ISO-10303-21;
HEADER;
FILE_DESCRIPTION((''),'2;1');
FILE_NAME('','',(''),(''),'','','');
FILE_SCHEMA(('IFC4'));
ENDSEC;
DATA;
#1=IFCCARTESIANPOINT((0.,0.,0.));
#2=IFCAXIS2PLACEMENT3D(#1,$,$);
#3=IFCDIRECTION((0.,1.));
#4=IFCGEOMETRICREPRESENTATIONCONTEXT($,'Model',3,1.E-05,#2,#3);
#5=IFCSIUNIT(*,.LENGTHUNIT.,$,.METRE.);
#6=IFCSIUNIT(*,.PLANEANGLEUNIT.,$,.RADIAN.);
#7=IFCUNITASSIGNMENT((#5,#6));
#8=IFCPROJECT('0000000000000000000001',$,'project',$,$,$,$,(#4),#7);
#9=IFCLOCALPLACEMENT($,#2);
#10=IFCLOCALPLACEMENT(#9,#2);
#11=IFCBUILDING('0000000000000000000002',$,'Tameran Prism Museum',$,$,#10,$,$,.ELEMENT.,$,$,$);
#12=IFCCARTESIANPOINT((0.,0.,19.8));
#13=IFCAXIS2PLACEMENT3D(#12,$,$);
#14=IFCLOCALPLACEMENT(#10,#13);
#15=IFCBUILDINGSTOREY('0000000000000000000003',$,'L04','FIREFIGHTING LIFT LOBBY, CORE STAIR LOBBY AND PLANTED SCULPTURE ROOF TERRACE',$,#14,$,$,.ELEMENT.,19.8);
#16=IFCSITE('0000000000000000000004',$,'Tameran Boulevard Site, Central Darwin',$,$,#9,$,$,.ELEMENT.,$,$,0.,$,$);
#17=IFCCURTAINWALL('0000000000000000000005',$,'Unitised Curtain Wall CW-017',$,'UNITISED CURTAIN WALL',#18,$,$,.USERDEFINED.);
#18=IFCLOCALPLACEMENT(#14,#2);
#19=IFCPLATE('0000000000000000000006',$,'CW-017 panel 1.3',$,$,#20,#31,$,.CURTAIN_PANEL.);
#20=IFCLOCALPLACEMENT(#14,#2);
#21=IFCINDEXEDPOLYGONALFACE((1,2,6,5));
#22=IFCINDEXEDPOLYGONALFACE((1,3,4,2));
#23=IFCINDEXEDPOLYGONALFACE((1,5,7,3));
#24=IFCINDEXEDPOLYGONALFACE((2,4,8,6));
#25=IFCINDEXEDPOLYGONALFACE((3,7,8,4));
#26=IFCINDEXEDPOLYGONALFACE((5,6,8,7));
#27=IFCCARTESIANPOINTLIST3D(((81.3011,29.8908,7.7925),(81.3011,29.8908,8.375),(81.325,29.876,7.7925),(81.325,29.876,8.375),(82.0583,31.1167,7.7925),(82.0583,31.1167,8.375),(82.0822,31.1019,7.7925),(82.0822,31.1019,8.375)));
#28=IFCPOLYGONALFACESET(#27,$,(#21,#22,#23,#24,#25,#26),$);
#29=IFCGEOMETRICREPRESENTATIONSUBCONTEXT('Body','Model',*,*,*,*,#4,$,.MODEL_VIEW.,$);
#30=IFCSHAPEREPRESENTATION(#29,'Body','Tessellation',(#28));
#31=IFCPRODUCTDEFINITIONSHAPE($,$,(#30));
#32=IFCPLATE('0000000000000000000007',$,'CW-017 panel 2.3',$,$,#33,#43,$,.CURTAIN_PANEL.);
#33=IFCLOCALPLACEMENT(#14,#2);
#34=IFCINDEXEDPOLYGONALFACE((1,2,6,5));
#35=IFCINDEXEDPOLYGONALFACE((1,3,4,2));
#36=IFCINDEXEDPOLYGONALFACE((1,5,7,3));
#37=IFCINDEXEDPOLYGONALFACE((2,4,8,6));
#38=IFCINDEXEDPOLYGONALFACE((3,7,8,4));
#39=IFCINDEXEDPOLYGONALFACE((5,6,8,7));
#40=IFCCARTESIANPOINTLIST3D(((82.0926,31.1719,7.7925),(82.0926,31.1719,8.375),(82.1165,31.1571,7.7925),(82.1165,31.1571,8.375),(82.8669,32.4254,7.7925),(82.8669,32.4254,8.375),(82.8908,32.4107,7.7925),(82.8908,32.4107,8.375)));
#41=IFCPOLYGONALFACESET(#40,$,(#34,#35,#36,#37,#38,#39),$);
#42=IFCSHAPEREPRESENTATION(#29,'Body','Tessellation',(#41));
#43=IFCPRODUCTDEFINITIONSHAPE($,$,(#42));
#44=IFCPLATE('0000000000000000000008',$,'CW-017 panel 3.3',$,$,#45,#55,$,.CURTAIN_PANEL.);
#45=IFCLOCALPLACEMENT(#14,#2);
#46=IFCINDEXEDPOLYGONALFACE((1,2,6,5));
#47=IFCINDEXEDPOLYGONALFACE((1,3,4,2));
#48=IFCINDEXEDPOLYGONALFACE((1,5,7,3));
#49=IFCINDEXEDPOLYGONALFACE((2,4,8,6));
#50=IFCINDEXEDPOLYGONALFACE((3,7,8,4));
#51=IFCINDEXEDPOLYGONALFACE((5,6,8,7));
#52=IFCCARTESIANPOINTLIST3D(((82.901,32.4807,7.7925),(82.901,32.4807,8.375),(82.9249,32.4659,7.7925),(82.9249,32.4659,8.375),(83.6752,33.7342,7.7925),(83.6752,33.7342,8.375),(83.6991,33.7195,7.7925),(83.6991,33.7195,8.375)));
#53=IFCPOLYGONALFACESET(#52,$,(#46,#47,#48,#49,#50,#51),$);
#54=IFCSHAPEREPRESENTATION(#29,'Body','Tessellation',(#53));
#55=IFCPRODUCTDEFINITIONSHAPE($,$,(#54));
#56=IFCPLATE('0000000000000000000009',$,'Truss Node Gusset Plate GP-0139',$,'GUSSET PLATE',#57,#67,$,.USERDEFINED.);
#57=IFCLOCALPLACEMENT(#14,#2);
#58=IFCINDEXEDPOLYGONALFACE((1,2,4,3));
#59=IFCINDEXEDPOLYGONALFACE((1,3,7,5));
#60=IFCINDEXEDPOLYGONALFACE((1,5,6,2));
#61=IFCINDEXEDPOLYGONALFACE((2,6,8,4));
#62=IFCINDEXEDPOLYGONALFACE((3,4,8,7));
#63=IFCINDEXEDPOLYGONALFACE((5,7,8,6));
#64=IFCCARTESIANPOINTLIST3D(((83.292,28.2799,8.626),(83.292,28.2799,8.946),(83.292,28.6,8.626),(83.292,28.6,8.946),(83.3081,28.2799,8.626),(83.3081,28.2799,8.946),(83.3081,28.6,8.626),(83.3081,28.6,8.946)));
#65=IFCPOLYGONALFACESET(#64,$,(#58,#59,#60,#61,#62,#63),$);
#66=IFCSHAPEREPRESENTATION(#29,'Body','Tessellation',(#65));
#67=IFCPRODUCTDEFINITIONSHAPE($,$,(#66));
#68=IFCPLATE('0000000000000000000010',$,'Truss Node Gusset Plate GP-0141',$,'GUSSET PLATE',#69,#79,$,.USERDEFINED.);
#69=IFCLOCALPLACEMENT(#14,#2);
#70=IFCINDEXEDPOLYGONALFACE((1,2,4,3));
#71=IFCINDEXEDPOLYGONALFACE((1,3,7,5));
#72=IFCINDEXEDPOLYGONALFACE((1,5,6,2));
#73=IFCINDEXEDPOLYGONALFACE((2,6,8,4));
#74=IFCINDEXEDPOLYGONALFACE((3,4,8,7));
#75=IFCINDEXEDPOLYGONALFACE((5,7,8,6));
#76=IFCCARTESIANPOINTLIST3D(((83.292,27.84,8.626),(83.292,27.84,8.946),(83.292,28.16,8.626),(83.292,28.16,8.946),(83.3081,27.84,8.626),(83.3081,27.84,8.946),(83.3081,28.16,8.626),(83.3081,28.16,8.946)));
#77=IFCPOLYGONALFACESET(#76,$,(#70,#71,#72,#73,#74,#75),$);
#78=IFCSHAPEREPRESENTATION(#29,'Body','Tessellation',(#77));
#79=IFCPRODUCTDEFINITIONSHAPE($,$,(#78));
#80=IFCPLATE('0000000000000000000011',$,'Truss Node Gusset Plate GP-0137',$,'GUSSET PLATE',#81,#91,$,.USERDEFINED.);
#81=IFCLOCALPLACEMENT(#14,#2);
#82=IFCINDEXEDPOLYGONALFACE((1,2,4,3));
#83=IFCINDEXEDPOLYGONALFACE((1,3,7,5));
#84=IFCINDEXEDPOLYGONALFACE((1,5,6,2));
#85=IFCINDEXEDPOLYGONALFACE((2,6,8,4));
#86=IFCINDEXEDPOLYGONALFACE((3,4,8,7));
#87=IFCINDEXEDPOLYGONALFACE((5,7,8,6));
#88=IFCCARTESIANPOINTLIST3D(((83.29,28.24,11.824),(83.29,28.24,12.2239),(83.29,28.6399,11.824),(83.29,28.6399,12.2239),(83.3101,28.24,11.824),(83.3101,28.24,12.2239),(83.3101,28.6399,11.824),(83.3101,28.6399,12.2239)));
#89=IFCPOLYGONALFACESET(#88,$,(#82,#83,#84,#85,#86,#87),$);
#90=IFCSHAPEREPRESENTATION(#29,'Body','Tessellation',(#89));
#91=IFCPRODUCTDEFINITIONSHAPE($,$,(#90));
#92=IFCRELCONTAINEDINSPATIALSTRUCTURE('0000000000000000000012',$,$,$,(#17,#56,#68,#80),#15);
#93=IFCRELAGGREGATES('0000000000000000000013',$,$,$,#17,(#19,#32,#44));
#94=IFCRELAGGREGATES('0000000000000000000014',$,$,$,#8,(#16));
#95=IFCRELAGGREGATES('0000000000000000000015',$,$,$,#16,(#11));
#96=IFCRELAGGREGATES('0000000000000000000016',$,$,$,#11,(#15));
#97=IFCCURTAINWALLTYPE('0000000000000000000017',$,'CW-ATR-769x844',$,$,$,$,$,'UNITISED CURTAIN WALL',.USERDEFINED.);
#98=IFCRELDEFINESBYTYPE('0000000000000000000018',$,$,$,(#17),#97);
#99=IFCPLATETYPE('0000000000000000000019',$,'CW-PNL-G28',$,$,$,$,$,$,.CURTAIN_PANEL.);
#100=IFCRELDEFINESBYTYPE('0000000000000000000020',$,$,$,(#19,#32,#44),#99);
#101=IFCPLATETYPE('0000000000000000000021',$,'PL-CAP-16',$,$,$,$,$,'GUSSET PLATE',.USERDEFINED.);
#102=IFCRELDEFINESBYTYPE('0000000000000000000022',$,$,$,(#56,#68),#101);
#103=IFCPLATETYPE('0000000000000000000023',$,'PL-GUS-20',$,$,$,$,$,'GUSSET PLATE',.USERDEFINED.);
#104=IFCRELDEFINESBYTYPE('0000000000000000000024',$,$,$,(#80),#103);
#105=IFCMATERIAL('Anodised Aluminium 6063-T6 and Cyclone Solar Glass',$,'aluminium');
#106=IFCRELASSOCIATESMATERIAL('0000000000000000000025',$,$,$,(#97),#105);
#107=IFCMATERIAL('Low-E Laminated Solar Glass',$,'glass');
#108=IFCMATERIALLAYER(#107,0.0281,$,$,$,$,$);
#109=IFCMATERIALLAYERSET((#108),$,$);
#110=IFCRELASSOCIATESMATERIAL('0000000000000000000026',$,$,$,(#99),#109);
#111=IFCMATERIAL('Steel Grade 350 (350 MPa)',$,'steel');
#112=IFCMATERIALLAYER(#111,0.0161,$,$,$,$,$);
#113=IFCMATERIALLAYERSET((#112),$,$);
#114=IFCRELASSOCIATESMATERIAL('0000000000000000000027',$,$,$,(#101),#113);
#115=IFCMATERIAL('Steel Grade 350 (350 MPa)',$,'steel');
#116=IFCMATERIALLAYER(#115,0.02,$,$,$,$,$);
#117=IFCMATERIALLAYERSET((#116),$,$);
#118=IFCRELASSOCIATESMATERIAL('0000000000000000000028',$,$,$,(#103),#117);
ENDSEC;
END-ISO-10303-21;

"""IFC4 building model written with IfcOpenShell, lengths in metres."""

from ifc_helpers import new_model, si_unit, direction, frame, origin, origin_2d, place, context, subcontext, project, spatial, rectangle, extrude, material, layer, layer_set, type_object, element, aggregate, save


model = new_model("IFC4")

# Units and contexts
model_context = context("Model", 3, precision=1e-05, world=origin(), true_north=direction((0.0, 1.0)))
body_context = subcontext(model_context, "Body", "Model", "MODEL_VIEW")
ifc_project = project(units=[si_unit("LENGTHUNIT", "METRE"), si_unit("PLANEANGLEUNIT", "RADIAN")], contexts=[model_context])

# Site, building, storey
site_placement = place(None, origin())
site = spatial("IfcSite", under=ifc_project, at=site_placement, Name="Tameran Boulevard Site, Central Darwin", CompositionType="ELEMENT", RefElevation=0.0)
building_placement = place(site_placement, origin())
building = spatial("IfcBuilding", under=site, at=building_placement, Name="Tameran Prism Museum", CompositionType="ELEMENT")
storey_placement = place(building_placement, frame((0.0, 0.0, 19.8)))
storey = spatial("IfcBuildingStorey", under=building, at=storey_placement, Name="L04", Description="FIREFIGHTING LIFT LOBBY, CORE STAIR LOBBY AND PLANTED SCULPTURE ROOF TERRACE", CompositionType="ELEMENT", Elevation=19.8)

# Curtain wall
ifc_material_1 = material(Name="Anodised Aluminium 6063-T6 and Cyclone Solar Glass", Category="aluminium")
curtain_wall_type_1 = type_object("IfcCurtainWallType", Name="CW-ATR-769x844", ElementType="UNITISED CURTAIN WALL", PredefinedType="USERDEFINED", material=ifc_material_1)
curtain_wall_1_placement = place(storey_placement, origin())
curtain_wall_1 = element("IfcCurtainWall", 1, at=curtain_wall_1_placement, inside=storey, type_object=curtain_wall_type_1, Name="Unitised Curtain Wall CW-017", ObjectType="UNITISED CURTAIN WALL", PredefinedType="USERDEFINED")

# Plates
ifc_material_2 = material(Name="Low-E Laminated Solar Glass", Category="glass")
ifc_layer_1 = layer(ifc_material_2, 0.0281)
ifc_layer_set_1 = layer_set([ifc_layer_1])
plate_type_1 = type_object("IfcPlateType", Name="CW-PNL-G28", PredefinedType="CURTAIN_PANEL", material=ifc_layer_set_1)
plate_1_placement = place(storey_placement, frame((81.6917, 30.4963, 7.7925), z_axis=(0.0, 0.0, 1.0), x_axis=(0.525504, 0.850791, 0.0)))
plate_1 = element("IfcPlate", 2, at=plate_1_placement, type_object=plate_type_1, Name="CW-017 panel 1.3", PredefinedType="CURTAIN_PANEL", context=body_context, shape_type="SweptSolid", body=[
    extrude(rectangle(XDim=1.4409, YDim=0.0281, at=origin_2d()), origin(), (0.0, 0.0, 1.0), 0.5825),
])
plate_2_placement = place(storey_placement, frame((82.4917, 31.7913, 7.7925), z_axis=(0.0, 0.0, 1.0), x_axis=(0.525504, 0.850791, 0.0)))
plate_2 = element("IfcPlate", 3, at=plate_2_placement, type_object=plate_type_1, Name="CW-017 panel 2.3", PredefinedType="CURTAIN_PANEL", context=body_context, shape_type="SweptSolid", body=[
    extrude(rectangle(XDim=1.4734, YDim=0.0281, at=origin_2d()), origin(), (0.0, 0.0, 1.0), 0.5825),
])
plate_3_placement = place(storey_placement, frame((83.3, 33.1001, 7.7925), z_axis=(0.0, 0.0, 1.0), x_axis=(0.525504, 0.850791, 0.0)))
plate_3 = element("IfcPlate", 4, at=plate_3_placement, type_object=plate_type_1, Name="CW-017 panel 3.3", PredefinedType="CURTAIN_PANEL", context=body_context, shape_type="SweptSolid", body=[
    extrude(rectangle(XDim=1.4734, YDim=0.0281, at=origin_2d()), origin(), (0.0, 0.0, 1.0), 0.5825),
])
aggregate(curtain_wall_1, [plate_1, plate_2, plate_3])

# Plates
ifc_material_3 = material(Name="Steel Grade 350 (350 MPa)", Category="steel")
ifc_layer_2 = layer(ifc_material_3, 0.0161)
ifc_layer_set_2 = layer_set([ifc_layer_2])
plate_type_2 = type_object("IfcPlateType", Name="PL-CAP-16", ElementType="GUSSET PLATE", PredefinedType="USERDEFINED", material=ifc_layer_set_2)
for number, where, z_axis, x_axis, name in (
    (5, (83.3, 28.4399, 8.626), (0.0, 0.0, 1.0), (1.0, 0.0, 0.0), "Truss Node Gusset Plate GP-0139"),
    (6, (83.3, 28.0, 8.626), (0.0, 0.0, 1.0), (1.0, 0.0, 0.0), "Truss Node Gusset Plate GP-0141"),
):
    element("IfcPlate", number, at=place(storey_placement, frame(where, z_axis=z_axis, x_axis=x_axis)), inside=storey, type_object=plate_type_2, Name=name, ObjectType="GUSSET PLATE", PredefinedType="USERDEFINED", context=body_context, shape_type="SweptSolid", body=[
        extrude(rectangle(XDim=0.0161, YDim=0.3201, at=origin_2d()), origin(), (0.0, 0.0, 1.0), 0.3201),
    ])
ifc_material_4 = material(Name="Steel Grade 350 (350 MPa)", Category="steel")
ifc_layer_3 = layer(ifc_material_4, 0.02)
ifc_layer_set_3 = layer_set([ifc_layer_3])
plate_type_3 = type_object("IfcPlateType", Name="PL-GUS-20", ElementType="GUSSET PLATE", PredefinedType="USERDEFINED", material=ifc_layer_set_3)
plate_4_placement = place(storey_placement, frame((83.3, 28.4399, 11.824), z_axis=(0.0, 0.0, 1.0), x_axis=(1.0, 0.0, 0.0)))
element("IfcPlate", 7, at=plate_4_placement, inside=storey, type_object=plate_type_3, Name="Truss Node Gusset Plate GP-0137", ObjectType="GUSSET PLATE", PredefinedType="USERDEFINED", context=body_context, shape_type="SweptSolid", body=[
    extrude(rectangle(XDim=0.02, YDim=0.3999, at=origin_2d()), origin(), (0.0, 0.0, 1.0), 0.3999),
])

save(model, "model.ifc")
